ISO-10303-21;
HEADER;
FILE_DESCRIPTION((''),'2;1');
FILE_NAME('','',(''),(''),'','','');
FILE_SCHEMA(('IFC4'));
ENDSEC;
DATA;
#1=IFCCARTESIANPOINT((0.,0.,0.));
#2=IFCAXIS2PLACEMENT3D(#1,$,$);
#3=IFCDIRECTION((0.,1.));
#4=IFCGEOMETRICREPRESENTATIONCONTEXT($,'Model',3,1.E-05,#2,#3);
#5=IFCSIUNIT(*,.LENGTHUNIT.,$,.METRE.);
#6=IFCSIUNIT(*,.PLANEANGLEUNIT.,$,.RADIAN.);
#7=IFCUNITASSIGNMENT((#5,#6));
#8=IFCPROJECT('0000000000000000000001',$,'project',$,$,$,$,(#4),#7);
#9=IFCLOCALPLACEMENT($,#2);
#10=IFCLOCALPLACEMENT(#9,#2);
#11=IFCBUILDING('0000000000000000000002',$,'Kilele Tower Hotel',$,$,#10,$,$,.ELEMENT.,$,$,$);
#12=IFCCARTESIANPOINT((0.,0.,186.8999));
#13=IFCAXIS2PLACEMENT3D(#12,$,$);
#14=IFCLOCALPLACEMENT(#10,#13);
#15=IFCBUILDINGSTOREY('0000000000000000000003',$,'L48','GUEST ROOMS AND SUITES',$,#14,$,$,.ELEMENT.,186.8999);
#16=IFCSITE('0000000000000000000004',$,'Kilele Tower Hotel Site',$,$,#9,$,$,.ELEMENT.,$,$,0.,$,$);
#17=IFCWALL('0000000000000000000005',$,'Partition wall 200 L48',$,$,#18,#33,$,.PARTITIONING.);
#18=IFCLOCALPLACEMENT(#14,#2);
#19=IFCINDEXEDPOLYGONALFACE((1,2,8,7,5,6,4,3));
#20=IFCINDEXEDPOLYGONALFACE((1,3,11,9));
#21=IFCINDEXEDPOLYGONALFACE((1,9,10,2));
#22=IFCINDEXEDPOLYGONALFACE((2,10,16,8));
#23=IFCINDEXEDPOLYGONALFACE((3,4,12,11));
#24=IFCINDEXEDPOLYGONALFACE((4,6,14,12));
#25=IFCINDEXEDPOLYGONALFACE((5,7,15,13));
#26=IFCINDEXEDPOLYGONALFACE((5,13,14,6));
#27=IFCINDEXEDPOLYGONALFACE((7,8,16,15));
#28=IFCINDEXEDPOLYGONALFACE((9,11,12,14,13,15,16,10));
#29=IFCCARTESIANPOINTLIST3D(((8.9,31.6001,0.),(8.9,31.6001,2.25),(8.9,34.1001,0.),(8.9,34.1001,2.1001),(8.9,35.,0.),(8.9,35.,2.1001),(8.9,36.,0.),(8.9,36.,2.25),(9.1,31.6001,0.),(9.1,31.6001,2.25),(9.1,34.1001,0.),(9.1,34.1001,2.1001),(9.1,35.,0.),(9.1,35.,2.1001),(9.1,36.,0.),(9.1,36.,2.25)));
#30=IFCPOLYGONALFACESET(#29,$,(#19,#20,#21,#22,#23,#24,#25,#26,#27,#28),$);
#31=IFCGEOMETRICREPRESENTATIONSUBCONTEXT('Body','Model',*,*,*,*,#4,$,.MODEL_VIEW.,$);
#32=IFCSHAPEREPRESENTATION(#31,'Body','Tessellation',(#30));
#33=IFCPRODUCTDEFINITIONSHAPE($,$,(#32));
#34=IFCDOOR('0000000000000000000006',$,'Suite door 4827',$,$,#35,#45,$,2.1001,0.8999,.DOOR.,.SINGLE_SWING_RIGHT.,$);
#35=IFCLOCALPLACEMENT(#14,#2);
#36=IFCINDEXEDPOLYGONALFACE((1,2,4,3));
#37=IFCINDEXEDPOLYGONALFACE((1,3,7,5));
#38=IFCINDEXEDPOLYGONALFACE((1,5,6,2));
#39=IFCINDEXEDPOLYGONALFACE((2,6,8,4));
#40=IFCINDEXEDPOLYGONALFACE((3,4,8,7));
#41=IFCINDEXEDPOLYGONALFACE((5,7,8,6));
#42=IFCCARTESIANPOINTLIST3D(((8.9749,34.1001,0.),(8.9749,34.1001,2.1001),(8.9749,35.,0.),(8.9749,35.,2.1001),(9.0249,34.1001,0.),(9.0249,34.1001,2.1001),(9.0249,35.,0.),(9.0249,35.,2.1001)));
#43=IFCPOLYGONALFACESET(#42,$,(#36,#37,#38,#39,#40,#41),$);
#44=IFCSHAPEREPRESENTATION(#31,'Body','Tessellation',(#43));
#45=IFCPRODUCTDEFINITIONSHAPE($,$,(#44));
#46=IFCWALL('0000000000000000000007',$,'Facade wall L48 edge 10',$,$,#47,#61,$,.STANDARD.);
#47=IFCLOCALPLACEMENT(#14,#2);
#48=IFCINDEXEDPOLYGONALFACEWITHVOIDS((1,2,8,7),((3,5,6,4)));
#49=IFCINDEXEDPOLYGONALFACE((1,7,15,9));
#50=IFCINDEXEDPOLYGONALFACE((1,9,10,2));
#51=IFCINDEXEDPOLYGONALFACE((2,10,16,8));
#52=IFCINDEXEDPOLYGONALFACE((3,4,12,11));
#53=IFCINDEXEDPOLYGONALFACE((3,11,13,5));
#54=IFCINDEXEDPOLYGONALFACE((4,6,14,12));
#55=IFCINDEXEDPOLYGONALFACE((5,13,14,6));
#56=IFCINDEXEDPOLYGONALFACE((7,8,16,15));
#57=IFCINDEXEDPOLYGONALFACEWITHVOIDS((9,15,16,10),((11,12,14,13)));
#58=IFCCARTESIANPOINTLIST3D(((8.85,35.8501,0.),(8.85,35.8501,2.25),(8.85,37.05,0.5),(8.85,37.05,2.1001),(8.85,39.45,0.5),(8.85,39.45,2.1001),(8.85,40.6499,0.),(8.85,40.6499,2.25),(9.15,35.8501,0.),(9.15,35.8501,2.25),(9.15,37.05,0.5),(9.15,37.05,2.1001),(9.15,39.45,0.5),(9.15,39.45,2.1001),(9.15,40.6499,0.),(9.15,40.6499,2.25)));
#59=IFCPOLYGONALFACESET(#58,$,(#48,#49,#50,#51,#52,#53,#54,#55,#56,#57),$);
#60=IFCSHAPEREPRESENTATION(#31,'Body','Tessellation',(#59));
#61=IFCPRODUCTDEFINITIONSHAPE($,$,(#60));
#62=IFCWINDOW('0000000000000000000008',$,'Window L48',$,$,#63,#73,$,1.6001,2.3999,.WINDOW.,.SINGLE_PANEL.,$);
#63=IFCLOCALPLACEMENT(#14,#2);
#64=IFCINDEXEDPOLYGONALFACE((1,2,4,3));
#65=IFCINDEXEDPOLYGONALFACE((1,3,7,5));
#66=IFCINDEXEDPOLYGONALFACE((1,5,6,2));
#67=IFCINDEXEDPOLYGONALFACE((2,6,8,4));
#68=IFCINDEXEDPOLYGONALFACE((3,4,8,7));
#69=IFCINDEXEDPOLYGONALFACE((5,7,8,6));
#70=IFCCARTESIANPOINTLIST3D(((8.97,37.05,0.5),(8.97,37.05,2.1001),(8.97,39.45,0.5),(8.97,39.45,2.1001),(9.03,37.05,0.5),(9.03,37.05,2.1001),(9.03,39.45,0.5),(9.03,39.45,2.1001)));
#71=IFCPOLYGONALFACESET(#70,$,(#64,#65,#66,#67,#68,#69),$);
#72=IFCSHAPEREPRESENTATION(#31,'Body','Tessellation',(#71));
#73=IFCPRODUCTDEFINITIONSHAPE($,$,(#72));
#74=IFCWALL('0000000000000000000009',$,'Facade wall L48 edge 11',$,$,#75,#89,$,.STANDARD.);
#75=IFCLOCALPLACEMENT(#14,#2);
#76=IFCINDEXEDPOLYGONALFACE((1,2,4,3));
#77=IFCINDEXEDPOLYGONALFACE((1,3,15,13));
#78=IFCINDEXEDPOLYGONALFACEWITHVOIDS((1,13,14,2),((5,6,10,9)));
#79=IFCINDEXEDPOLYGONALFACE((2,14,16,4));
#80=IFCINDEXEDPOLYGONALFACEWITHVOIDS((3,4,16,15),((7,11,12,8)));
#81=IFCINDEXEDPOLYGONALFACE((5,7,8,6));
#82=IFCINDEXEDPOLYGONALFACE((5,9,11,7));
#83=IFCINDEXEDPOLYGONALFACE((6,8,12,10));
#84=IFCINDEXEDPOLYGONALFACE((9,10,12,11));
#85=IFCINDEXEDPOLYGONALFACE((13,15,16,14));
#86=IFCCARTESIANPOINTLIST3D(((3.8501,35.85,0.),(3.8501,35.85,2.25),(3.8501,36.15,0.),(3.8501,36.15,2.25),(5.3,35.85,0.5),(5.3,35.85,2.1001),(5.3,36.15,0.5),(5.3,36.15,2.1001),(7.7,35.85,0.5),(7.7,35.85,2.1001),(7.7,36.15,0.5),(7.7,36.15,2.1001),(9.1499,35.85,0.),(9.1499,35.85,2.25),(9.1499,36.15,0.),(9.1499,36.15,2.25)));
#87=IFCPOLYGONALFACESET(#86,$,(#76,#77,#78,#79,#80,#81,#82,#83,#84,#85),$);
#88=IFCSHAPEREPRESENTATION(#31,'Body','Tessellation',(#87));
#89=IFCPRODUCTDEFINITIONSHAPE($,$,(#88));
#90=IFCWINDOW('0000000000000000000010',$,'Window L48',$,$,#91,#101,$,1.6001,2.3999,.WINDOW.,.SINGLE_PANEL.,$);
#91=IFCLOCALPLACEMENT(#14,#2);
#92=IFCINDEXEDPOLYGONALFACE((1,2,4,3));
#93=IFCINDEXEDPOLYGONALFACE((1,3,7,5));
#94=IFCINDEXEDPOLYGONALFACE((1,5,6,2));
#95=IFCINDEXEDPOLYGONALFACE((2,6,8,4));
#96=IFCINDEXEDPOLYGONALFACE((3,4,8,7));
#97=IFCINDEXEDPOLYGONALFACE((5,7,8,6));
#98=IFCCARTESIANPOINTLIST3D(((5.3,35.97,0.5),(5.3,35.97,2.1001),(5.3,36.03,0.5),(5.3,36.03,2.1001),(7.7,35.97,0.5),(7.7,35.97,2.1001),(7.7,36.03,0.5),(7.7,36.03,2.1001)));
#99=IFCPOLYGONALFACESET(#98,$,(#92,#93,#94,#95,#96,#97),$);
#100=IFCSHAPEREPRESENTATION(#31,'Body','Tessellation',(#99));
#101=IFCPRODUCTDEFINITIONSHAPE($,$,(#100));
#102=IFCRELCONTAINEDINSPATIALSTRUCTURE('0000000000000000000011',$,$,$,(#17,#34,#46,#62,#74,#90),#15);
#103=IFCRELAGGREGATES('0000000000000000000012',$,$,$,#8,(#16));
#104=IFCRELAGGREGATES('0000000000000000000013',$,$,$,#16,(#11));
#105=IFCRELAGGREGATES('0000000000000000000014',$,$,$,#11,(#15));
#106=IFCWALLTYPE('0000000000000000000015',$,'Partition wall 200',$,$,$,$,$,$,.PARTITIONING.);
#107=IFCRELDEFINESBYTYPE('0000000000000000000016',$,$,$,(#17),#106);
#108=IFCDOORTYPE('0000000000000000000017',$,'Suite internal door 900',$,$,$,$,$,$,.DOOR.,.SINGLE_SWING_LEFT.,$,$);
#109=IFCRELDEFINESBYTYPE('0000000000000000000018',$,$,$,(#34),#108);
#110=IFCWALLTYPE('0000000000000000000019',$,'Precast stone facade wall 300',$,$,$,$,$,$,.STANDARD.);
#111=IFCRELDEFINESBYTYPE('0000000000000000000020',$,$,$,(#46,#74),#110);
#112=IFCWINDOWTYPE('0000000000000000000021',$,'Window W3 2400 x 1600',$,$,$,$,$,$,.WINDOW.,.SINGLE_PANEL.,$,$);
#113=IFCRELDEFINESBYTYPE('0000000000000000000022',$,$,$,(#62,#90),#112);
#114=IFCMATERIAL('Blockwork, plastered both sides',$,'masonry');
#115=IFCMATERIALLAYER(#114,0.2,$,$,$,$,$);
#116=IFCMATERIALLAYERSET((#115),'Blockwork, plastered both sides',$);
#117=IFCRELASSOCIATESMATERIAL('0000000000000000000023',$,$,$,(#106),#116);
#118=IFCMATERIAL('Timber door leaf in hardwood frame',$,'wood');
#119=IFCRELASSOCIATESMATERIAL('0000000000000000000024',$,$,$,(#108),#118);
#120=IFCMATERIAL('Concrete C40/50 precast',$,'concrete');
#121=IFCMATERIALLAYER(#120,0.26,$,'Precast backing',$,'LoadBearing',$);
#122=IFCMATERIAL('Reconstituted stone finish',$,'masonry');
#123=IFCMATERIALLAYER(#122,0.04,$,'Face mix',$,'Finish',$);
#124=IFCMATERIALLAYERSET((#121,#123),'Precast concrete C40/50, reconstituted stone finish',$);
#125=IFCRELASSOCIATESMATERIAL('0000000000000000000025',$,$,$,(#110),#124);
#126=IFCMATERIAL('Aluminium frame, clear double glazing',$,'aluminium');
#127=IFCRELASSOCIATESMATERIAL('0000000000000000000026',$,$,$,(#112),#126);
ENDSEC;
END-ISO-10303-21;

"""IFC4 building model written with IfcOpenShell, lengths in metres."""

from ifc_helpers import new_model, si_unit, direction, frame, frame_2d, origin, place, context, subcontext, project, spatial, rectangle, extrude, material, layer, layer_set, type_object, element, fill, save


model = new_model("IFC4")

# Units and contexts
model_context = context("Model", 3, precision=1e-05, world=origin(), true_north=direction((0.0, 1.0)))
body_context = subcontext(model_context, "Body", "Model", "MODEL_VIEW")
ifc_project = project(units=[si_unit("LENGTHUNIT", "METRE"), si_unit("PLANEANGLEUNIT", "RADIAN")], contexts=[model_context])

# Site, building, storey
site_placement = place(None, origin())
site = spatial("IfcSite", under=ifc_project, at=site_placement, Name="Kilele Tower Hotel Site", CompositionType="ELEMENT", RefElevation=0.0)
building_placement = place(site_placement, origin())
building = spatial("IfcBuilding", under=site, at=building_placement, Name="Kilele Tower Hotel", CompositionType="ELEMENT")
storey_placement = place(building_placement, frame((0.0, 0.0, 186.8999)))
storey = spatial("IfcBuildingStorey", under=building, at=storey_placement, Name="L48", Description="GUEST ROOMS AND SUITES", CompositionType="ELEMENT", Elevation=186.8999)

# Wall, opening, door
ifc_material_1 = material(Name="Blockwork, plastered both sides", Category="masonry")
ifc_layer_1 = layer(ifc_material_1, 0.2)
ifc_layer_set_1 = layer_set([ifc_layer_1], Name="Blockwork, plastered both sides")
wall_type_1 = type_object("IfcWallType", Name="Partition wall 200", PredefinedType="PARTITIONING", material=ifc_layer_set_1)
wall_1_placement = place(storey_placement, frame((9.0, 31.6001, 0.0), z_axis=(0.0, 0.0, 1.0), x_axis=(0.0, 1.0, 0.0)))
wall_1 = element("IfcWall", 1, at=wall_1_placement, inside=storey, type_object=wall_type_1, Name="Partition wall 200 L48", PredefinedType="PARTITIONING", context=body_context, shape_type="SweptSolid", body=[
    extrude(rectangle(XDim=4.3999, YDim=0.2, at=frame_2d((2.2, 0.0))), origin(), (0.0, 0.0, 1.0), 2.25),
])
opening_1_placement = place(wall_1_placement, frame((3.3999, 0.0, 0.0), z_axis=(0.0, 0.0, 1.0), x_axis=(-1.0, 0.0, 0.0)))
opening_1 = element("IfcOpeningElement", 2, at=opening_1_placement, cuts=wall_1, PredefinedType="OPENING", context=body_context, shape_type="SweptSolid", body=[
    extrude(rectangle(XDim=0.8999, YDim=2.1001, at=frame_2d((0.45, 1.05))), frame((0.0, 0.1099, 0.0), z_axis=(0.0, -1.0, 0.0), x_axis=(1.0, 0.0, 0.0)), (0.0, 0.0, 1.0), 0.22),
])
ifc_material_2 = material(Name="Timber door leaf in hardwood frame", Category="wood")
door_type_1 = type_object("IfcDoorType", Name="Suite internal door 900", OperationType="SINGLE_SWING_LEFT", PredefinedType="DOOR", material=ifc_material_2)
door_1_placement = place(opening_1_placement, origin())
door_1 = element("IfcDoor", 3, at=door_1_placement, inside=storey, type_object=door_type_1, Name="Suite door 4827", OperationType="SINGLE_SWING_RIGHT", OverallHeight=2.1001, OverallWidth=0.8999, PredefinedType="DOOR", context=body_context, shape_type="SweptSolid", body=[
    extrude(rectangle(XDim=0.8999, YDim=2.1001, at=frame_2d((0.45, 1.05))), frame((0.0, 0.0249, 0.0), z_axis=(0.0, -1.0, 0.0), x_axis=(1.0, 0.0, 0.0)), (0.0, 0.0, 1.0), 0.05),
])
fill(opening_1, door_1)

# Walls, openings, windows
ifc_material_3 = material(Name="Concrete C40/50 precast", Category="concrete")
ifc_layer_2 = layer(ifc_material_3, 0.26, Name="Precast backing", Category="LoadBearing")
ifc_material_4 = material(Name="Reconstituted stone finish", Category="masonry")
ifc_layer_3 = layer(ifc_material_4, 0.04, Name="Face mix", Category="Finish")
ifc_layer_set_2 = layer_set([ifc_layer_2, ifc_layer_3], Name="Precast concrete C40/50, reconstituted stone finish")
wall_type_2 = type_object("IfcWallType", Name="Precast stone facade wall 300", PredefinedType="STANDARD", material=ifc_layer_set_2)
wall_2_placement = place(storey_placement, frame((9.0, 40.6499, 0.0), z_axis=(0.0, 0.0, 1.0), x_axis=(0.0, -1.0, 0.0)))
wall_2 = element("IfcWall", 4, at=wall_2_placement, inside=storey, type_object=wall_type_2, Name="Facade wall L48 edge 10", PredefinedType="STANDARD", context=body_context, shape_type="SweptSolid", body=[
    extrude(rectangle(XDim=4.7998, YDim=0.3, at=frame_2d((2.3999, 0.0))), origin(), (0.0, 0.0, 1.0), 2.25),
])
opening_2_placement = place(wall_2_placement, frame((1.2, 0.0, 0.5)))
opening_2 = element("IfcOpeningElement", 5, at=opening_2_placement, cuts=wall_2, PredefinedType="OPENING", context=body_context, shape_type="SweptSolid", body=[
    extrude(rectangle(XDim=2.3999, YDim=1.6001, at=frame_2d((1.2, 0.8))), frame((0.0, 0.1599, 0.0), z_axis=(0.0, -1.0, 0.0), x_axis=(1.0, 0.0, 0.0)), (0.0, 0.0, 1.0), 0.3201),
])
ifc_material_5 = material(Name="Aluminium frame, clear double glazing", Category="aluminium")
window_type_1 = type_object("IfcWindowType", Name="Window W3 2400 x 1600", PartitioningType="SINGLE_PANEL", PredefinedType="WINDOW", material=ifc_material_5)
window_1_placement = place(opening_2_placement, origin())
window_1 = element("IfcWindow", 6, at=window_1_placement, inside=storey, type_object=window_type_1, Name="Window L48", OverallHeight=1.6001, OverallWidth=2.3999, PartitioningType="SINGLE_PANEL", PredefinedType="WINDOW", context=body_context, shape_type="SweptSolid", body=[
    extrude(rectangle(XDim=2.3999, YDim=1.6001, at=frame_2d((1.2, 0.8))), frame((0.0, 0.03, 0.0), z_axis=(0.0, -1.0, 0.0), x_axis=(1.0, 0.0, 0.0)), (0.0, 0.0, 1.0), 0.0601),
])
fill(opening_2, window_1)
wall_3_placement = place(storey_placement, frame((9.1499, 36.0, 0.0), z_axis=(0.0, 0.0, 1.0), x_axis=(-1.0, 0.0, 0.0)))
wall_3 = element("IfcWall", 7, at=wall_3_placement, inside=storey, type_object=wall_type_2, Name="Facade wall L48 edge 11", PredefinedType="STANDARD", context=body_context, shape_type="SweptSolid", body=[
    extrude(rectangle(XDim=5.2998, YDim=0.3, at=frame_2d((2.6499, 0.0))), origin(), (0.0, 0.0, 1.0), 2.25),
])
opening_3_placement = place(wall_3_placement, frame((1.45, 0.0, 0.5)))
opening_3 = element("IfcOpeningElement", 8, at=opening_3_placement, cuts=wall_3, PredefinedType="OPENING", context=body_context, shape_type="SweptSolid", body=[
    extrude(rectangle(XDim=2.3999, YDim=1.6001, at=frame_2d((1.2, 0.8))), frame((0.0, 0.1599, 0.0), z_axis=(0.0, -1.0, 0.0), x_axis=(1.0, 0.0, 0.0)), (0.0, 0.0, 1.0), 0.3201),
])
window_2_placement = place(opening_3_placement, origin())
window_2 = element("IfcWindow", 9, at=window_2_placement, inside=storey, type_object=window_type_1, Name="Window L48", OverallHeight=1.6001, OverallWidth=2.3999, PartitioningType="SINGLE_PANEL", PredefinedType="WINDOW", context=body_context, shape_type="SweptSolid", body=[
    extrude(rectangle(XDim=2.3999, YDim=1.6001, at=frame_2d((1.2, 0.8))), frame((0.0, 0.03, 0.0), z_axis=(0.0, -1.0, 0.0), x_axis=(1.0, 0.0, 0.0)), (0.0, 0.0, 1.0), 0.0601),
])
fill(opening_3, window_2)

save(model, "model.ifc")
